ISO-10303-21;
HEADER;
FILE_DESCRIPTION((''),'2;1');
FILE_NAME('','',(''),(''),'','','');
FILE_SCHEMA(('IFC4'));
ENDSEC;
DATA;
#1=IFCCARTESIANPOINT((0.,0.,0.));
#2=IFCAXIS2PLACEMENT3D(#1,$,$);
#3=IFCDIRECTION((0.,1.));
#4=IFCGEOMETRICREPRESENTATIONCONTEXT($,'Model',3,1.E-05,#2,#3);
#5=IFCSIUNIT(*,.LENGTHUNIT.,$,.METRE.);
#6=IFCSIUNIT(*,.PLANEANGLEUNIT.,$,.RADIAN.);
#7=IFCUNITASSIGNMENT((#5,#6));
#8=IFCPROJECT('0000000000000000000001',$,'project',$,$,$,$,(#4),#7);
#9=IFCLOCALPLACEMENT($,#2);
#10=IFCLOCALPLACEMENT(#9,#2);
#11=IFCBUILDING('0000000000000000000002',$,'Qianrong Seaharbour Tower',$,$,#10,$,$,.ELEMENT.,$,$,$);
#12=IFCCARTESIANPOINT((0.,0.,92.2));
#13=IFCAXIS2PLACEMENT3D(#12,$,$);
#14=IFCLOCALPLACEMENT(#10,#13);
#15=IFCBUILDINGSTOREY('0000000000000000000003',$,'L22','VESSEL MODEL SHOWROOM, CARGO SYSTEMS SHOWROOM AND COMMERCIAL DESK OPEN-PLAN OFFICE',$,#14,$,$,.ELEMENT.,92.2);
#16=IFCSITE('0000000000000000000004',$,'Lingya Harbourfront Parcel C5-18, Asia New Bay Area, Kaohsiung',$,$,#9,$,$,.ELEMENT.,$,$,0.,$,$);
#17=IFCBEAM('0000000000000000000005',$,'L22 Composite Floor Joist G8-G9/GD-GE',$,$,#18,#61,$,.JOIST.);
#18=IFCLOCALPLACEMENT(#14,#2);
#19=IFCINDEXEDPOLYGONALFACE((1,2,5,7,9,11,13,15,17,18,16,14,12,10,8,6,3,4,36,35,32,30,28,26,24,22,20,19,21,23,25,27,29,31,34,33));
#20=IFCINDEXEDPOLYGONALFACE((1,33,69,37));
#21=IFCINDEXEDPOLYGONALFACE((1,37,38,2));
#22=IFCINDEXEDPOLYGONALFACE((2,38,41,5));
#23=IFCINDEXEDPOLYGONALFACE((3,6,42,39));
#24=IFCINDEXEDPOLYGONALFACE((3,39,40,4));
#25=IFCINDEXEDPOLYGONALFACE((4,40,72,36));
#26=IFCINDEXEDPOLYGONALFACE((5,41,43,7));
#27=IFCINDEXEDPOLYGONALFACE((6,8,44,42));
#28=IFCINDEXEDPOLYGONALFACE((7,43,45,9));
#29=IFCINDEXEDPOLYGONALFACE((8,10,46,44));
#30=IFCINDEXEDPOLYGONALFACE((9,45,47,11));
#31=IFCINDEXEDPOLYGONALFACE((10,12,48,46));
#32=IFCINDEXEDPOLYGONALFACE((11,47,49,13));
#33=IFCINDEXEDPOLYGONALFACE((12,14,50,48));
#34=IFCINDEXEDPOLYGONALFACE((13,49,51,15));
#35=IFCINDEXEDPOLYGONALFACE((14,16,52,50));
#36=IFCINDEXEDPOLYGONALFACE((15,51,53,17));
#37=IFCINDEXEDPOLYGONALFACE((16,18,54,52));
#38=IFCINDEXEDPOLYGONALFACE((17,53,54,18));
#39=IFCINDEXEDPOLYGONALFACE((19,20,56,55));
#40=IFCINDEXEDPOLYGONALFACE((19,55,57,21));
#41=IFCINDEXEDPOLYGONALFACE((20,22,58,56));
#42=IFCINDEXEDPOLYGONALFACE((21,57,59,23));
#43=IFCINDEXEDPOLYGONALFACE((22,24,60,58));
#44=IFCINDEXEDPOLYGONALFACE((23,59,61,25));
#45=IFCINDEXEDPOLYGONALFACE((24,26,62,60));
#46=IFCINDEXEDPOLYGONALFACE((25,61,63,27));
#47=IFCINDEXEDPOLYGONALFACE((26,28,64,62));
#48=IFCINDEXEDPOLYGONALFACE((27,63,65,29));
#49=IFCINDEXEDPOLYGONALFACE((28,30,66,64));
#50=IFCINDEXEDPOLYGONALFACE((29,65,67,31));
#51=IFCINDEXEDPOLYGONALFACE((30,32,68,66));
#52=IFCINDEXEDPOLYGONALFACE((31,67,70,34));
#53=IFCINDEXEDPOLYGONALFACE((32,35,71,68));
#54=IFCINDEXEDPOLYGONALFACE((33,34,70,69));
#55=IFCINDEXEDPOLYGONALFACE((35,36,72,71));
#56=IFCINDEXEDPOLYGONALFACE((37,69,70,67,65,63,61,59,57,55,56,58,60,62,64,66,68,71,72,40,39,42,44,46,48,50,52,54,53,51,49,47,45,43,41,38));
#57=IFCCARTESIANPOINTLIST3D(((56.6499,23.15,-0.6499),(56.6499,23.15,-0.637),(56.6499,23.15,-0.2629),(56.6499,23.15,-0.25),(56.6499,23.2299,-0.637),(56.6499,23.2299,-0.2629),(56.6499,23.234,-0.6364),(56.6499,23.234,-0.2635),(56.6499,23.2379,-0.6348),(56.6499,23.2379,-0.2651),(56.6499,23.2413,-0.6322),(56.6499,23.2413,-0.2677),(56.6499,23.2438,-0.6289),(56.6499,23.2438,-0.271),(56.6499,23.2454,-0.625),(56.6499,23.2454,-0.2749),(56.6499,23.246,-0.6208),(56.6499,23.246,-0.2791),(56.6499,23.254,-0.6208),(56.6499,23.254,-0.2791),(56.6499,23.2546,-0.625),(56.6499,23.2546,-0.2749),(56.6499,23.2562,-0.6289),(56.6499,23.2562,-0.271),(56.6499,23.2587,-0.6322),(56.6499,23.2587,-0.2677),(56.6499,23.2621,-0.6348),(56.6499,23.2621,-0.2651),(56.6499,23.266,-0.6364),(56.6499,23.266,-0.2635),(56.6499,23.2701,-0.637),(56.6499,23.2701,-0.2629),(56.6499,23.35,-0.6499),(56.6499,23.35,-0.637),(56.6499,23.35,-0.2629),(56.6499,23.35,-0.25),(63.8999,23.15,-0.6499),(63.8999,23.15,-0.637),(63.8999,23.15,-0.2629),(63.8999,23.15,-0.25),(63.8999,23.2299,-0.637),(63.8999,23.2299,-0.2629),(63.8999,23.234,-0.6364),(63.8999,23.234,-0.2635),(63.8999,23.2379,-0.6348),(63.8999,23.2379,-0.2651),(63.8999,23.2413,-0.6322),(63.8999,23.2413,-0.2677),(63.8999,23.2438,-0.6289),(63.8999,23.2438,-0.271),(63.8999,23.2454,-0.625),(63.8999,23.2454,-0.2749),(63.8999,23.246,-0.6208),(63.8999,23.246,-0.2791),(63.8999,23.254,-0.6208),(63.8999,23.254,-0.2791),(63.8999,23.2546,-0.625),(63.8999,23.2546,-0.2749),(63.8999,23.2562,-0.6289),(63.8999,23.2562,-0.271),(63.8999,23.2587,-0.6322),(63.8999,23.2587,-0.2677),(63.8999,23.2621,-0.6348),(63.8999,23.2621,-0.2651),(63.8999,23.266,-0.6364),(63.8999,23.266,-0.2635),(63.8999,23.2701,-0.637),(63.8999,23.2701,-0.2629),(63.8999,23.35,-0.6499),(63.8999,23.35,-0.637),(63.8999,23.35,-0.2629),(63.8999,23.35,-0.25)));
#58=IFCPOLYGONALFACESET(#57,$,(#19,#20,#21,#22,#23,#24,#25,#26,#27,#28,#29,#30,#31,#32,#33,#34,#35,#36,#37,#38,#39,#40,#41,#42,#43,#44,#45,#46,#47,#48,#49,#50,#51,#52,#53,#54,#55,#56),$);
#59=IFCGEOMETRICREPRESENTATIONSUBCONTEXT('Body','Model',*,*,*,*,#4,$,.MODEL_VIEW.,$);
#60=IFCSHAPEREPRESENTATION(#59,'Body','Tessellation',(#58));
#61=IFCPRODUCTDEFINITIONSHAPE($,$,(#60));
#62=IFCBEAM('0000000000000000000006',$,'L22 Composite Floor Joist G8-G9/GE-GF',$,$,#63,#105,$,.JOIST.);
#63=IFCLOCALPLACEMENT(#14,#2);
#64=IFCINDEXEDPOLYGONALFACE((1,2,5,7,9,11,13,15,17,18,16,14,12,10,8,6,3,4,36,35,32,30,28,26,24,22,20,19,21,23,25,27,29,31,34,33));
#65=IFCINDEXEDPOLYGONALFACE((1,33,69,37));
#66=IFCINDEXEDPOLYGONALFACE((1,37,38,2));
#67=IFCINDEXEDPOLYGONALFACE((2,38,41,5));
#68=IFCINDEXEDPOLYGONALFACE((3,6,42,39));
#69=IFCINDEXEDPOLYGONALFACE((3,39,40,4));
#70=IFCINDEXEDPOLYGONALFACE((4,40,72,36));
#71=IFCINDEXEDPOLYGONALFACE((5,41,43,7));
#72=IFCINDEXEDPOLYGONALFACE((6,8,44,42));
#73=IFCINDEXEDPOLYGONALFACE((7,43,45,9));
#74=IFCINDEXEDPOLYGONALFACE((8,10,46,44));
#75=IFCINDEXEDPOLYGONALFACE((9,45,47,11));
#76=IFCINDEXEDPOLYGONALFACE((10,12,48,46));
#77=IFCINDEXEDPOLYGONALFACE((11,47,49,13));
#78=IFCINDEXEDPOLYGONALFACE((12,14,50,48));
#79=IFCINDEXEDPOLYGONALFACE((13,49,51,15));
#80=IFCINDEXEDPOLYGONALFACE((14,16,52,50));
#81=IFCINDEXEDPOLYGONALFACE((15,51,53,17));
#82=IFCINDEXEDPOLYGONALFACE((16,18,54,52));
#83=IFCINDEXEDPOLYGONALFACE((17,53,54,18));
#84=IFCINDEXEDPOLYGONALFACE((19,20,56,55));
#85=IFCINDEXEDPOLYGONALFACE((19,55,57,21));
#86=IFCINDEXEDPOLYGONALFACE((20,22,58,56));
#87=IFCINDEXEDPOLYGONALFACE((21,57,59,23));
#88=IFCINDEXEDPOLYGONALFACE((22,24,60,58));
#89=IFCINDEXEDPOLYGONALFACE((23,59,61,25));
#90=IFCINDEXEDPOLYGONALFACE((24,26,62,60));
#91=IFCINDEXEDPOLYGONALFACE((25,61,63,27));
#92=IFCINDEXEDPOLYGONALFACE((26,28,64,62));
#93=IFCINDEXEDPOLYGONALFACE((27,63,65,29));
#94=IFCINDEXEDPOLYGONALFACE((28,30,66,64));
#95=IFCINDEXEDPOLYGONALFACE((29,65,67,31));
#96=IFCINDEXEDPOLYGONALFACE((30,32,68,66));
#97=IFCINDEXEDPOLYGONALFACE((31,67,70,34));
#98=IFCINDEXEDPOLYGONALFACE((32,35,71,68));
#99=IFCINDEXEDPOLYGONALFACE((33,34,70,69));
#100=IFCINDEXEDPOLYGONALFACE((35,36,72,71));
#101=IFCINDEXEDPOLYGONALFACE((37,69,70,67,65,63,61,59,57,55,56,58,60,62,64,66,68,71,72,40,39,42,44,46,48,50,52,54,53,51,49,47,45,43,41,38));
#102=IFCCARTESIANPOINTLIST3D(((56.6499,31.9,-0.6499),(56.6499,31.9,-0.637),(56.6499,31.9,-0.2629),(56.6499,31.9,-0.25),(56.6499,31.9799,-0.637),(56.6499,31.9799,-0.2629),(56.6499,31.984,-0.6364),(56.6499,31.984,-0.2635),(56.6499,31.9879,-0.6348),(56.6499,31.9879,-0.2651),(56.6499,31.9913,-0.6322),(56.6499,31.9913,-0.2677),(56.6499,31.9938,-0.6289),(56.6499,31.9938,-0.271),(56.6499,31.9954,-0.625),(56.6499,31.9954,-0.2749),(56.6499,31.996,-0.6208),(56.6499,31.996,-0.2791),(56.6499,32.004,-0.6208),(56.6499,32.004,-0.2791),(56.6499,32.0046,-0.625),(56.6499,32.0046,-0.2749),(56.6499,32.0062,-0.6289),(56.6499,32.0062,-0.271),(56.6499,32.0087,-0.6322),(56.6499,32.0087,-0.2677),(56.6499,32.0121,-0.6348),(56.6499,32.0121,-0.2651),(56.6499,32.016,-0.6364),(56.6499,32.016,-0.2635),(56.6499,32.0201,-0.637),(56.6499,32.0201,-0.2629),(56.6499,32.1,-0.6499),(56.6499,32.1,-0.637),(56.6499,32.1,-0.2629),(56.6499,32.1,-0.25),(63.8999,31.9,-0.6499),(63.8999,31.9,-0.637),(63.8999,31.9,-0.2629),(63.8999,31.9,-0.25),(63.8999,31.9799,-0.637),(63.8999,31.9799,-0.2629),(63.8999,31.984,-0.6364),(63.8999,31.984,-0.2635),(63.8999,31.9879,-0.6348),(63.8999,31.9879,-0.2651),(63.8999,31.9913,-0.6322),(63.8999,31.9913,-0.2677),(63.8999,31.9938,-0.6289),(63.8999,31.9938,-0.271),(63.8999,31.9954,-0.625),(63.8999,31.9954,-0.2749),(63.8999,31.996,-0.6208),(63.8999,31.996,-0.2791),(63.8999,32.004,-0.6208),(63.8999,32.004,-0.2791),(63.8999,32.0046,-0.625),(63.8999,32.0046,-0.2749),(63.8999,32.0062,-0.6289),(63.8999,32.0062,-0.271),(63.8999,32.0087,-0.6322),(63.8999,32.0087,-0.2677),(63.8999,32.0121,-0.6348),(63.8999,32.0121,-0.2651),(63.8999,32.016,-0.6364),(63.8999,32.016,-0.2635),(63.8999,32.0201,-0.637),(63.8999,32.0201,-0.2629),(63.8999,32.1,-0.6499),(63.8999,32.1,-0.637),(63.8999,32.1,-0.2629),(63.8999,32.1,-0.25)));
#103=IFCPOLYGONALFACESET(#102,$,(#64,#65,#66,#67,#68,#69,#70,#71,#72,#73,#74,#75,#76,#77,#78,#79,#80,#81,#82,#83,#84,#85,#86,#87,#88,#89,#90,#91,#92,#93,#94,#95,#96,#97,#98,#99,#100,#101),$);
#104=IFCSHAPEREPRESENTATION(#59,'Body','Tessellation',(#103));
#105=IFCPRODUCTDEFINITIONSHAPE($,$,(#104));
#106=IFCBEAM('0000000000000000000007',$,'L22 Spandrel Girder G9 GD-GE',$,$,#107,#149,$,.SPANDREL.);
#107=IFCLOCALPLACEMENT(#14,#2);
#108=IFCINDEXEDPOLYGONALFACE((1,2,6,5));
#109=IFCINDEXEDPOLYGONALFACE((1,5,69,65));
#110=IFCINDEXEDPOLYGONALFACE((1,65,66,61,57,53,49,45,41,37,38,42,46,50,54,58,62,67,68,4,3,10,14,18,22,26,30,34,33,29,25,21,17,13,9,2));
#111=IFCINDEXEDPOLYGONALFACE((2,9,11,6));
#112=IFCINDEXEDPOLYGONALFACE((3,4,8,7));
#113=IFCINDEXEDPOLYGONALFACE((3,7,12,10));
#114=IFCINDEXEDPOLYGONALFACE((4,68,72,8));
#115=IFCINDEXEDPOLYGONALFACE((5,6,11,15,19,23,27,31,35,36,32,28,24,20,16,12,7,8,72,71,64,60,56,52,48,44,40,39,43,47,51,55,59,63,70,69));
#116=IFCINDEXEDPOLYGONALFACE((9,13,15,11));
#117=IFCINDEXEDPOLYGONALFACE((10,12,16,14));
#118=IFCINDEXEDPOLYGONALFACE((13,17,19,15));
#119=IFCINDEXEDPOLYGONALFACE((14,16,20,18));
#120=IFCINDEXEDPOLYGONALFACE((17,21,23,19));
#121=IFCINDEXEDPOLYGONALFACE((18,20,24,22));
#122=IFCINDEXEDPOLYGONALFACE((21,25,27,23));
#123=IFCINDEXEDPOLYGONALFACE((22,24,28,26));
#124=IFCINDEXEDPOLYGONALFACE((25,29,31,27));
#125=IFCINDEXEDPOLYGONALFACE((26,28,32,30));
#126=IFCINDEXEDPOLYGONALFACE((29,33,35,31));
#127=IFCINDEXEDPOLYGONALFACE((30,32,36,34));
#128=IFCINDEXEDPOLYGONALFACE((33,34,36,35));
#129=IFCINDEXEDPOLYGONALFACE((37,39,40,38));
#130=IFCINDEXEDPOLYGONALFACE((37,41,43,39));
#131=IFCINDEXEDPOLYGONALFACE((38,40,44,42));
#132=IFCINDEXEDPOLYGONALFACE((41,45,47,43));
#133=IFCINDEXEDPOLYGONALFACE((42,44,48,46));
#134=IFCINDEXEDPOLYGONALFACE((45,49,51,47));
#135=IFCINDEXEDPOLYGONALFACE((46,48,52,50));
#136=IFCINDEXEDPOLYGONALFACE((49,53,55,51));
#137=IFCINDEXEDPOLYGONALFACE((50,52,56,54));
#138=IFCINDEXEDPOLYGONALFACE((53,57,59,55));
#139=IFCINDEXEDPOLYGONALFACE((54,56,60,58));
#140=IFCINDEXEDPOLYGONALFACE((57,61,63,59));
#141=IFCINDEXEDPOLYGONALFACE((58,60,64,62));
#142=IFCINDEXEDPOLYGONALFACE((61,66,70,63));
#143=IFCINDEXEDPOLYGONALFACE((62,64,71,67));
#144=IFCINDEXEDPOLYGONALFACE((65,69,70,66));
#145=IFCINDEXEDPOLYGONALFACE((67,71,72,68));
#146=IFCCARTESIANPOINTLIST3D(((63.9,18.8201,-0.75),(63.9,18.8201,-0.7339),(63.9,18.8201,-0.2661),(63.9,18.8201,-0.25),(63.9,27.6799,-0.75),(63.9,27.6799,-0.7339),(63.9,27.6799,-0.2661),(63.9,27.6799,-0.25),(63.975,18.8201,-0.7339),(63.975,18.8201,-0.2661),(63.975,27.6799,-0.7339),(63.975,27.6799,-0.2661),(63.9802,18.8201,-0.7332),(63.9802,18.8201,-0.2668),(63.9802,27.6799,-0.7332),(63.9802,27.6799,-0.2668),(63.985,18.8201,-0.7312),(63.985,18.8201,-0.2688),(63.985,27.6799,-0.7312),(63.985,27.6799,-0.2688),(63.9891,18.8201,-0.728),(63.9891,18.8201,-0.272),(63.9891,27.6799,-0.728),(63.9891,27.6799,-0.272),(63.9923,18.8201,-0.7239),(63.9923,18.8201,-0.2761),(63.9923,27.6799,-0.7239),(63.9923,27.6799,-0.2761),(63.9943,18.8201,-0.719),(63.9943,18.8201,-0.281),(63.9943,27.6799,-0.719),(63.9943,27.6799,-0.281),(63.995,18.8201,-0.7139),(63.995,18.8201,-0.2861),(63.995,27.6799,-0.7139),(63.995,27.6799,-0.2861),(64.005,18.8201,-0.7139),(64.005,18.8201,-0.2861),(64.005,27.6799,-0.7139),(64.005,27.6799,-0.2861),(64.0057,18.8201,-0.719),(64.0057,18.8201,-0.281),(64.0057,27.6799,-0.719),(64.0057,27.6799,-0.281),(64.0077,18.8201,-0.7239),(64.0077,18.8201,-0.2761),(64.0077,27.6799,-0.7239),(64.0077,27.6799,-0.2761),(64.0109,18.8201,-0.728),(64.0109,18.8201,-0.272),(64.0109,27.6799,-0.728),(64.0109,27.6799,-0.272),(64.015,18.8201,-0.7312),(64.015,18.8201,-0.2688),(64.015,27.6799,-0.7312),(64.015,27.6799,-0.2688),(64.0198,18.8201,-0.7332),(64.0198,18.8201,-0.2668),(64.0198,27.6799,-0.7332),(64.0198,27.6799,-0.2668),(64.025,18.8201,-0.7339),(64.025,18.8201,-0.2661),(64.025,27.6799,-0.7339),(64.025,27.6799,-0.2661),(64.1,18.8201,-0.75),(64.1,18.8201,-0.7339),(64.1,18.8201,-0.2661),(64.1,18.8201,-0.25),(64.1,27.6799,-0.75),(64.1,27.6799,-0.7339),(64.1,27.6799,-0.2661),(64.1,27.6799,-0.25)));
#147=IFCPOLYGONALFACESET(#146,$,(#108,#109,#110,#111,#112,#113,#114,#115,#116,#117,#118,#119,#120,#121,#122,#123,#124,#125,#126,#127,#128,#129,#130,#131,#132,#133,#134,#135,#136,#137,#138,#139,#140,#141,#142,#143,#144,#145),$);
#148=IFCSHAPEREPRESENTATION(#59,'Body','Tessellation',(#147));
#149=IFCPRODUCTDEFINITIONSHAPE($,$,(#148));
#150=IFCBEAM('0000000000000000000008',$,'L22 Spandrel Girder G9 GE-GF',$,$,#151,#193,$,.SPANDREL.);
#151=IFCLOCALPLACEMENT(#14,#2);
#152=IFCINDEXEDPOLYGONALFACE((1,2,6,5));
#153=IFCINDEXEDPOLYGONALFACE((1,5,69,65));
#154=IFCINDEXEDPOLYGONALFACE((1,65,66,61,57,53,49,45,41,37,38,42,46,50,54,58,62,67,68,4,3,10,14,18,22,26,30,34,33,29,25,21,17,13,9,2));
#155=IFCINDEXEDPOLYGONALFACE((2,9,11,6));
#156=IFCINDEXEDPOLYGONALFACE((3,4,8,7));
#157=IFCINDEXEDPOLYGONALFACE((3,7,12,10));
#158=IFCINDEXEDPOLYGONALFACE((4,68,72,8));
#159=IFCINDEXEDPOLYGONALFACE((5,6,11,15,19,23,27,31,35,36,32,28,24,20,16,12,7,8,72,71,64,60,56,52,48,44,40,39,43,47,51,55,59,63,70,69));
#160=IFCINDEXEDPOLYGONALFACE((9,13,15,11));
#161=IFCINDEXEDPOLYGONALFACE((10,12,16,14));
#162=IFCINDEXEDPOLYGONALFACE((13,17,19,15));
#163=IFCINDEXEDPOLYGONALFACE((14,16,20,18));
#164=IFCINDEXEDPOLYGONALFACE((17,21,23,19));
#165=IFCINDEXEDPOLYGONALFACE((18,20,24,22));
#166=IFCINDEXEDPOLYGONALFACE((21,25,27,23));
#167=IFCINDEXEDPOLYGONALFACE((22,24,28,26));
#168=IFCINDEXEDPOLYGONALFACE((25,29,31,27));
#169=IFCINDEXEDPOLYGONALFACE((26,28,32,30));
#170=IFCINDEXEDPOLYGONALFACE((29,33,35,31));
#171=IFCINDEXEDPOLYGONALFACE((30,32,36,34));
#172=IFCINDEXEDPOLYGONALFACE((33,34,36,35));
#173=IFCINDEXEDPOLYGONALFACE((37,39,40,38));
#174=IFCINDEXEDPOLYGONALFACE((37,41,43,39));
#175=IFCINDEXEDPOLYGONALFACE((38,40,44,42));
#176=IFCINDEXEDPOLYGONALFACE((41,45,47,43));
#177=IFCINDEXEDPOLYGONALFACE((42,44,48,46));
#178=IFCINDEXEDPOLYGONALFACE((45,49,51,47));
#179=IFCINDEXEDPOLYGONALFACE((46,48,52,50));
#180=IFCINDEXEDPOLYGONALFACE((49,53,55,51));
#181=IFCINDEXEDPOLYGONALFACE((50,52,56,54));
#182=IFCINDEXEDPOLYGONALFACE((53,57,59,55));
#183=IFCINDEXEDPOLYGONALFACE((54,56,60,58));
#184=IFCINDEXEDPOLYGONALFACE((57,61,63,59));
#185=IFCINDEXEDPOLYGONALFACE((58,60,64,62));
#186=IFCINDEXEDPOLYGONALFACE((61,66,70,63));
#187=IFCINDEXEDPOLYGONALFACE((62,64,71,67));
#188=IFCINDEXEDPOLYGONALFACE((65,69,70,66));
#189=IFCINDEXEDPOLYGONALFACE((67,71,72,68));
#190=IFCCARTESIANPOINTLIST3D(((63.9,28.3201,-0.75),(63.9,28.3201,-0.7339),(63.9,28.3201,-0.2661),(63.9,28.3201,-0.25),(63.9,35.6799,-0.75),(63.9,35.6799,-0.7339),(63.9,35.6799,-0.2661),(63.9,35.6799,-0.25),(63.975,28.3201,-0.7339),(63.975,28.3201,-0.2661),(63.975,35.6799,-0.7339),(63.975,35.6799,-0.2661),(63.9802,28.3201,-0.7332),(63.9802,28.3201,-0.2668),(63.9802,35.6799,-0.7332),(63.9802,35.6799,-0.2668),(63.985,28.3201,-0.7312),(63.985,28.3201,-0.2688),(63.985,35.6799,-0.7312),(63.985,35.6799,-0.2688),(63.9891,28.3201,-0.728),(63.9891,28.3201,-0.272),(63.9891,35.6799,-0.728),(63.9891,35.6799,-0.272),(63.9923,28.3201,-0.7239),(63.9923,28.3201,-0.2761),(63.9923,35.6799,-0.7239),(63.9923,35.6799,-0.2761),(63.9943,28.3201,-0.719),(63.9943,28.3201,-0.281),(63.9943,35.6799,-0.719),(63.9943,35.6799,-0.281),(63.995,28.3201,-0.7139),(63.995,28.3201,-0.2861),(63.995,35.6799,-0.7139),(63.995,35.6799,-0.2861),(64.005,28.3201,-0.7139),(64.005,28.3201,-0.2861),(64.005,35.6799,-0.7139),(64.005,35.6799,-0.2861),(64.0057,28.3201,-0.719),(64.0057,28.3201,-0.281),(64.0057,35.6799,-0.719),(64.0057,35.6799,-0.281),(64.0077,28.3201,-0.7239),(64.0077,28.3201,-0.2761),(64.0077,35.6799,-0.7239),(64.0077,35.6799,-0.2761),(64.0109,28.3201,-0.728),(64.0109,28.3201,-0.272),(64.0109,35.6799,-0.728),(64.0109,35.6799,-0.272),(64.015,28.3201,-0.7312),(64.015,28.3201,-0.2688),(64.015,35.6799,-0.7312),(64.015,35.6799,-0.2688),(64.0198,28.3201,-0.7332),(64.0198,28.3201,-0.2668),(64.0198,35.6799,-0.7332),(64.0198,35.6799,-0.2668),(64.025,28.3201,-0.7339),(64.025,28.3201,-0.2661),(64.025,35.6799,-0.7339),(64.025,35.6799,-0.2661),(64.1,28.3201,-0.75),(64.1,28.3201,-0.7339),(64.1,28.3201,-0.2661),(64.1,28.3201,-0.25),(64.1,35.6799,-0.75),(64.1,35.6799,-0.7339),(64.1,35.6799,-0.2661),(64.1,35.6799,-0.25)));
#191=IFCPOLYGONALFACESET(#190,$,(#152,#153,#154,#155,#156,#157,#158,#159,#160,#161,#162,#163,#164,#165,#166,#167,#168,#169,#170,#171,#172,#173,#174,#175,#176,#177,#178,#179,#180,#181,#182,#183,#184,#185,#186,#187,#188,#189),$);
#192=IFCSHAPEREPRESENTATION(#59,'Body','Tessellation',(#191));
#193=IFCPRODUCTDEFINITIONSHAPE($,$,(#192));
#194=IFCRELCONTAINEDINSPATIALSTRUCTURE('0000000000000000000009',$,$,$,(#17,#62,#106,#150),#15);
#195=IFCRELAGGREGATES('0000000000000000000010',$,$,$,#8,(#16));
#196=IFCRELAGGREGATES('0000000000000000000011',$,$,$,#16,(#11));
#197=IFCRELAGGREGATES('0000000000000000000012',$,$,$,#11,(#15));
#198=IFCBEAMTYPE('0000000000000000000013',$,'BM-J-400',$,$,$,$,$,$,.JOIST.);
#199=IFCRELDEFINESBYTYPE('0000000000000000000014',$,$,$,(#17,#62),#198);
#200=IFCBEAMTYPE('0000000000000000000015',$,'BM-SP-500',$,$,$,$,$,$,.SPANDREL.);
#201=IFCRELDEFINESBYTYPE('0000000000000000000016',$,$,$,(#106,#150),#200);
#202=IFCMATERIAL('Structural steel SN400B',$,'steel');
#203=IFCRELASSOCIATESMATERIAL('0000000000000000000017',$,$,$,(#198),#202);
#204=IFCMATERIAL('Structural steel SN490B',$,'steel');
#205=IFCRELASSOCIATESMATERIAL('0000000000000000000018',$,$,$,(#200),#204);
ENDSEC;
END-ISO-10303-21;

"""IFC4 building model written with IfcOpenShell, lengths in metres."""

from ifc_helpers import new_model, si_unit, direction, frame, origin, origin_2d, place, context, subcontext, project, spatial, i_section, extrude, material, material_profile, profile_set, type_object, element, save


model = new_model("IFC4")

# Units and contexts
model_context = context("Model", 3, precision=1e-05, world=origin(), true_north=direction((0.0, 1.0)))
body_context = subcontext(model_context, "Body", "Model", "MODEL_VIEW")
ifc_project = project(units=[si_unit("LENGTHUNIT", "METRE"), si_unit("PLANEANGLEUNIT", "RADIAN")], contexts=[model_context])

# Site, building, storey
site_placement = place(None, origin())
site = spatial("IfcSite", under=ifc_project, at=site_placement, Name="Lingya Harbourfront Parcel C5-18, Asia New Bay Area, Kaohsiung", CompositionType="ELEMENT", RefElevation=0.0)
building_placement = place(site_placement, origin())
building = spatial("IfcBuilding", under=site, at=building_placement, Name="Qianrong Seaharbour Tower", CompositionType="ELEMENT")
storey_placement = place(building_placement, frame((0.0, 0.0, 92.2)))
storey = spatial("IfcBuildingStorey", under=building, at=storey_placement, Name="L22", Description="VESSEL MODEL SHOWROOM, CARGO SYSTEMS SHOWROOM AND COMMERCIAL DESK OPEN-PLAN OFFICE", CompositionType="ELEMENT", Elevation=92.2)

# Shared definitions
ifc_material_1 = material(Name="Structural steel SN490B", Category="steel")

# Beams
ifc_material_2 = material(Name="Structural steel SN400B", Category="steel")
ifc_material_profile_1 = material_profile(ifc_material_2, i_section(OverallWidth=0.2, OverallDepth=0.3999, WebThickness=0.0081, FlangeThickness=0.0129, FilletRadius=0.0161, at=origin_2d()), Name="H400x200x8x13")
ifc_profile_set_1 = profile_set([ifc_material_profile_1], Name="Structural steel SN400B")
beam_type_1 = type_object("IfcBeamType", Name="BM-J-400", PredefinedType="JOIST", material=ifc_profile_set_1)
for number, where, z_axis, x_axis, name in (
    (1, (56.6499, 23.25, -0.45), (1.0, 0.0, 0.0), (0.0, 1.0, 0.0), "L22 Composite Floor Joist G8-G9/GD-GE"),
    (2, (56.6499, 32.0, -0.45), (1.0, 0.0, 0.0), (0.0, 1.0, 0.0), "L22 Composite Floor Joist G8-G9/GE-GF"),
):
    element("IfcBeam", number, at=place(storey_placement, frame(where, z_axis=z_axis, x_axis=x_axis)), inside=storey, type_object=beam_type_1, Name=name, PredefinedType="JOIST", context=body_context, shape_type="SweptSolid", body=[
        extrude(i_section(OverallWidth=0.2, OverallDepth=0.3999, WebThickness=0.0081, FlangeThickness=0.0129, FilletRadius=0.0161, at=origin_2d()), origin(), (0.0, 0.0, 1.0), 7.25),
    ])
ifc_material_profile_2 = material_profile(ifc_material_1, i_section(OverallWidth=0.2, OverallDepth=0.5, WebThickness=0.01, FlangeThickness=0.0161, FilletRadius=0.02, at=origin_2d()), Name="H500x200x10x16")
ifc_profile_set_2 = profile_set([ifc_material_profile_2], Name="Structural steel SN490B")
beam_type_2 = type_object("IfcBeamType", Name="BM-SP-500", PredefinedType="SPANDREL", material=ifc_profile_set_2)
beam_1_placement = place(storey_placement, frame((64.0, 18.8201, -0.5), z_axis=(0.0, 1.0, 0.0), x_axis=(-1.0, 0.0, 0.0)))
element("IfcBeam", 3, at=beam_1_placement, inside=storey, type_object=beam_type_2, Name="L22 Spandrel Girder G9 GD-GE", PredefinedType="SPANDREL", context=body_context, shape_type="SweptSolid", body=[
    extrude(i_section(OverallWidth=0.2, OverallDepth=0.5, WebThickness=0.01, FlangeThickness=0.0161, FilletRadius=0.02, at=origin_2d()), origin(), (0.0, 0.0, 1.0), 8.8599),
])
beam_2_placement = place(storey_placement, frame((64.0, 28.3201, -0.5), z_axis=(0.0, 1.0, 0.0), x_axis=(-1.0, 0.0, 0.0)))
element("IfcBeam", 4, at=beam_2_placement, inside=storey, type_object=beam_type_2, Name="L22 Spandrel Girder G9 GE-GF", PredefinedType="SPANDREL", context=body_context, shape_type="SweptSolid", body=[
    extrude(i_section(OverallWidth=0.2, OverallDepth=0.5, WebThickness=0.01, FlangeThickness=0.0161, FilletRadius=0.02, at=origin_2d()), origin(), (0.0, 0.0, 1.0), 7.3599),
])

save(model, "model.ifc")
